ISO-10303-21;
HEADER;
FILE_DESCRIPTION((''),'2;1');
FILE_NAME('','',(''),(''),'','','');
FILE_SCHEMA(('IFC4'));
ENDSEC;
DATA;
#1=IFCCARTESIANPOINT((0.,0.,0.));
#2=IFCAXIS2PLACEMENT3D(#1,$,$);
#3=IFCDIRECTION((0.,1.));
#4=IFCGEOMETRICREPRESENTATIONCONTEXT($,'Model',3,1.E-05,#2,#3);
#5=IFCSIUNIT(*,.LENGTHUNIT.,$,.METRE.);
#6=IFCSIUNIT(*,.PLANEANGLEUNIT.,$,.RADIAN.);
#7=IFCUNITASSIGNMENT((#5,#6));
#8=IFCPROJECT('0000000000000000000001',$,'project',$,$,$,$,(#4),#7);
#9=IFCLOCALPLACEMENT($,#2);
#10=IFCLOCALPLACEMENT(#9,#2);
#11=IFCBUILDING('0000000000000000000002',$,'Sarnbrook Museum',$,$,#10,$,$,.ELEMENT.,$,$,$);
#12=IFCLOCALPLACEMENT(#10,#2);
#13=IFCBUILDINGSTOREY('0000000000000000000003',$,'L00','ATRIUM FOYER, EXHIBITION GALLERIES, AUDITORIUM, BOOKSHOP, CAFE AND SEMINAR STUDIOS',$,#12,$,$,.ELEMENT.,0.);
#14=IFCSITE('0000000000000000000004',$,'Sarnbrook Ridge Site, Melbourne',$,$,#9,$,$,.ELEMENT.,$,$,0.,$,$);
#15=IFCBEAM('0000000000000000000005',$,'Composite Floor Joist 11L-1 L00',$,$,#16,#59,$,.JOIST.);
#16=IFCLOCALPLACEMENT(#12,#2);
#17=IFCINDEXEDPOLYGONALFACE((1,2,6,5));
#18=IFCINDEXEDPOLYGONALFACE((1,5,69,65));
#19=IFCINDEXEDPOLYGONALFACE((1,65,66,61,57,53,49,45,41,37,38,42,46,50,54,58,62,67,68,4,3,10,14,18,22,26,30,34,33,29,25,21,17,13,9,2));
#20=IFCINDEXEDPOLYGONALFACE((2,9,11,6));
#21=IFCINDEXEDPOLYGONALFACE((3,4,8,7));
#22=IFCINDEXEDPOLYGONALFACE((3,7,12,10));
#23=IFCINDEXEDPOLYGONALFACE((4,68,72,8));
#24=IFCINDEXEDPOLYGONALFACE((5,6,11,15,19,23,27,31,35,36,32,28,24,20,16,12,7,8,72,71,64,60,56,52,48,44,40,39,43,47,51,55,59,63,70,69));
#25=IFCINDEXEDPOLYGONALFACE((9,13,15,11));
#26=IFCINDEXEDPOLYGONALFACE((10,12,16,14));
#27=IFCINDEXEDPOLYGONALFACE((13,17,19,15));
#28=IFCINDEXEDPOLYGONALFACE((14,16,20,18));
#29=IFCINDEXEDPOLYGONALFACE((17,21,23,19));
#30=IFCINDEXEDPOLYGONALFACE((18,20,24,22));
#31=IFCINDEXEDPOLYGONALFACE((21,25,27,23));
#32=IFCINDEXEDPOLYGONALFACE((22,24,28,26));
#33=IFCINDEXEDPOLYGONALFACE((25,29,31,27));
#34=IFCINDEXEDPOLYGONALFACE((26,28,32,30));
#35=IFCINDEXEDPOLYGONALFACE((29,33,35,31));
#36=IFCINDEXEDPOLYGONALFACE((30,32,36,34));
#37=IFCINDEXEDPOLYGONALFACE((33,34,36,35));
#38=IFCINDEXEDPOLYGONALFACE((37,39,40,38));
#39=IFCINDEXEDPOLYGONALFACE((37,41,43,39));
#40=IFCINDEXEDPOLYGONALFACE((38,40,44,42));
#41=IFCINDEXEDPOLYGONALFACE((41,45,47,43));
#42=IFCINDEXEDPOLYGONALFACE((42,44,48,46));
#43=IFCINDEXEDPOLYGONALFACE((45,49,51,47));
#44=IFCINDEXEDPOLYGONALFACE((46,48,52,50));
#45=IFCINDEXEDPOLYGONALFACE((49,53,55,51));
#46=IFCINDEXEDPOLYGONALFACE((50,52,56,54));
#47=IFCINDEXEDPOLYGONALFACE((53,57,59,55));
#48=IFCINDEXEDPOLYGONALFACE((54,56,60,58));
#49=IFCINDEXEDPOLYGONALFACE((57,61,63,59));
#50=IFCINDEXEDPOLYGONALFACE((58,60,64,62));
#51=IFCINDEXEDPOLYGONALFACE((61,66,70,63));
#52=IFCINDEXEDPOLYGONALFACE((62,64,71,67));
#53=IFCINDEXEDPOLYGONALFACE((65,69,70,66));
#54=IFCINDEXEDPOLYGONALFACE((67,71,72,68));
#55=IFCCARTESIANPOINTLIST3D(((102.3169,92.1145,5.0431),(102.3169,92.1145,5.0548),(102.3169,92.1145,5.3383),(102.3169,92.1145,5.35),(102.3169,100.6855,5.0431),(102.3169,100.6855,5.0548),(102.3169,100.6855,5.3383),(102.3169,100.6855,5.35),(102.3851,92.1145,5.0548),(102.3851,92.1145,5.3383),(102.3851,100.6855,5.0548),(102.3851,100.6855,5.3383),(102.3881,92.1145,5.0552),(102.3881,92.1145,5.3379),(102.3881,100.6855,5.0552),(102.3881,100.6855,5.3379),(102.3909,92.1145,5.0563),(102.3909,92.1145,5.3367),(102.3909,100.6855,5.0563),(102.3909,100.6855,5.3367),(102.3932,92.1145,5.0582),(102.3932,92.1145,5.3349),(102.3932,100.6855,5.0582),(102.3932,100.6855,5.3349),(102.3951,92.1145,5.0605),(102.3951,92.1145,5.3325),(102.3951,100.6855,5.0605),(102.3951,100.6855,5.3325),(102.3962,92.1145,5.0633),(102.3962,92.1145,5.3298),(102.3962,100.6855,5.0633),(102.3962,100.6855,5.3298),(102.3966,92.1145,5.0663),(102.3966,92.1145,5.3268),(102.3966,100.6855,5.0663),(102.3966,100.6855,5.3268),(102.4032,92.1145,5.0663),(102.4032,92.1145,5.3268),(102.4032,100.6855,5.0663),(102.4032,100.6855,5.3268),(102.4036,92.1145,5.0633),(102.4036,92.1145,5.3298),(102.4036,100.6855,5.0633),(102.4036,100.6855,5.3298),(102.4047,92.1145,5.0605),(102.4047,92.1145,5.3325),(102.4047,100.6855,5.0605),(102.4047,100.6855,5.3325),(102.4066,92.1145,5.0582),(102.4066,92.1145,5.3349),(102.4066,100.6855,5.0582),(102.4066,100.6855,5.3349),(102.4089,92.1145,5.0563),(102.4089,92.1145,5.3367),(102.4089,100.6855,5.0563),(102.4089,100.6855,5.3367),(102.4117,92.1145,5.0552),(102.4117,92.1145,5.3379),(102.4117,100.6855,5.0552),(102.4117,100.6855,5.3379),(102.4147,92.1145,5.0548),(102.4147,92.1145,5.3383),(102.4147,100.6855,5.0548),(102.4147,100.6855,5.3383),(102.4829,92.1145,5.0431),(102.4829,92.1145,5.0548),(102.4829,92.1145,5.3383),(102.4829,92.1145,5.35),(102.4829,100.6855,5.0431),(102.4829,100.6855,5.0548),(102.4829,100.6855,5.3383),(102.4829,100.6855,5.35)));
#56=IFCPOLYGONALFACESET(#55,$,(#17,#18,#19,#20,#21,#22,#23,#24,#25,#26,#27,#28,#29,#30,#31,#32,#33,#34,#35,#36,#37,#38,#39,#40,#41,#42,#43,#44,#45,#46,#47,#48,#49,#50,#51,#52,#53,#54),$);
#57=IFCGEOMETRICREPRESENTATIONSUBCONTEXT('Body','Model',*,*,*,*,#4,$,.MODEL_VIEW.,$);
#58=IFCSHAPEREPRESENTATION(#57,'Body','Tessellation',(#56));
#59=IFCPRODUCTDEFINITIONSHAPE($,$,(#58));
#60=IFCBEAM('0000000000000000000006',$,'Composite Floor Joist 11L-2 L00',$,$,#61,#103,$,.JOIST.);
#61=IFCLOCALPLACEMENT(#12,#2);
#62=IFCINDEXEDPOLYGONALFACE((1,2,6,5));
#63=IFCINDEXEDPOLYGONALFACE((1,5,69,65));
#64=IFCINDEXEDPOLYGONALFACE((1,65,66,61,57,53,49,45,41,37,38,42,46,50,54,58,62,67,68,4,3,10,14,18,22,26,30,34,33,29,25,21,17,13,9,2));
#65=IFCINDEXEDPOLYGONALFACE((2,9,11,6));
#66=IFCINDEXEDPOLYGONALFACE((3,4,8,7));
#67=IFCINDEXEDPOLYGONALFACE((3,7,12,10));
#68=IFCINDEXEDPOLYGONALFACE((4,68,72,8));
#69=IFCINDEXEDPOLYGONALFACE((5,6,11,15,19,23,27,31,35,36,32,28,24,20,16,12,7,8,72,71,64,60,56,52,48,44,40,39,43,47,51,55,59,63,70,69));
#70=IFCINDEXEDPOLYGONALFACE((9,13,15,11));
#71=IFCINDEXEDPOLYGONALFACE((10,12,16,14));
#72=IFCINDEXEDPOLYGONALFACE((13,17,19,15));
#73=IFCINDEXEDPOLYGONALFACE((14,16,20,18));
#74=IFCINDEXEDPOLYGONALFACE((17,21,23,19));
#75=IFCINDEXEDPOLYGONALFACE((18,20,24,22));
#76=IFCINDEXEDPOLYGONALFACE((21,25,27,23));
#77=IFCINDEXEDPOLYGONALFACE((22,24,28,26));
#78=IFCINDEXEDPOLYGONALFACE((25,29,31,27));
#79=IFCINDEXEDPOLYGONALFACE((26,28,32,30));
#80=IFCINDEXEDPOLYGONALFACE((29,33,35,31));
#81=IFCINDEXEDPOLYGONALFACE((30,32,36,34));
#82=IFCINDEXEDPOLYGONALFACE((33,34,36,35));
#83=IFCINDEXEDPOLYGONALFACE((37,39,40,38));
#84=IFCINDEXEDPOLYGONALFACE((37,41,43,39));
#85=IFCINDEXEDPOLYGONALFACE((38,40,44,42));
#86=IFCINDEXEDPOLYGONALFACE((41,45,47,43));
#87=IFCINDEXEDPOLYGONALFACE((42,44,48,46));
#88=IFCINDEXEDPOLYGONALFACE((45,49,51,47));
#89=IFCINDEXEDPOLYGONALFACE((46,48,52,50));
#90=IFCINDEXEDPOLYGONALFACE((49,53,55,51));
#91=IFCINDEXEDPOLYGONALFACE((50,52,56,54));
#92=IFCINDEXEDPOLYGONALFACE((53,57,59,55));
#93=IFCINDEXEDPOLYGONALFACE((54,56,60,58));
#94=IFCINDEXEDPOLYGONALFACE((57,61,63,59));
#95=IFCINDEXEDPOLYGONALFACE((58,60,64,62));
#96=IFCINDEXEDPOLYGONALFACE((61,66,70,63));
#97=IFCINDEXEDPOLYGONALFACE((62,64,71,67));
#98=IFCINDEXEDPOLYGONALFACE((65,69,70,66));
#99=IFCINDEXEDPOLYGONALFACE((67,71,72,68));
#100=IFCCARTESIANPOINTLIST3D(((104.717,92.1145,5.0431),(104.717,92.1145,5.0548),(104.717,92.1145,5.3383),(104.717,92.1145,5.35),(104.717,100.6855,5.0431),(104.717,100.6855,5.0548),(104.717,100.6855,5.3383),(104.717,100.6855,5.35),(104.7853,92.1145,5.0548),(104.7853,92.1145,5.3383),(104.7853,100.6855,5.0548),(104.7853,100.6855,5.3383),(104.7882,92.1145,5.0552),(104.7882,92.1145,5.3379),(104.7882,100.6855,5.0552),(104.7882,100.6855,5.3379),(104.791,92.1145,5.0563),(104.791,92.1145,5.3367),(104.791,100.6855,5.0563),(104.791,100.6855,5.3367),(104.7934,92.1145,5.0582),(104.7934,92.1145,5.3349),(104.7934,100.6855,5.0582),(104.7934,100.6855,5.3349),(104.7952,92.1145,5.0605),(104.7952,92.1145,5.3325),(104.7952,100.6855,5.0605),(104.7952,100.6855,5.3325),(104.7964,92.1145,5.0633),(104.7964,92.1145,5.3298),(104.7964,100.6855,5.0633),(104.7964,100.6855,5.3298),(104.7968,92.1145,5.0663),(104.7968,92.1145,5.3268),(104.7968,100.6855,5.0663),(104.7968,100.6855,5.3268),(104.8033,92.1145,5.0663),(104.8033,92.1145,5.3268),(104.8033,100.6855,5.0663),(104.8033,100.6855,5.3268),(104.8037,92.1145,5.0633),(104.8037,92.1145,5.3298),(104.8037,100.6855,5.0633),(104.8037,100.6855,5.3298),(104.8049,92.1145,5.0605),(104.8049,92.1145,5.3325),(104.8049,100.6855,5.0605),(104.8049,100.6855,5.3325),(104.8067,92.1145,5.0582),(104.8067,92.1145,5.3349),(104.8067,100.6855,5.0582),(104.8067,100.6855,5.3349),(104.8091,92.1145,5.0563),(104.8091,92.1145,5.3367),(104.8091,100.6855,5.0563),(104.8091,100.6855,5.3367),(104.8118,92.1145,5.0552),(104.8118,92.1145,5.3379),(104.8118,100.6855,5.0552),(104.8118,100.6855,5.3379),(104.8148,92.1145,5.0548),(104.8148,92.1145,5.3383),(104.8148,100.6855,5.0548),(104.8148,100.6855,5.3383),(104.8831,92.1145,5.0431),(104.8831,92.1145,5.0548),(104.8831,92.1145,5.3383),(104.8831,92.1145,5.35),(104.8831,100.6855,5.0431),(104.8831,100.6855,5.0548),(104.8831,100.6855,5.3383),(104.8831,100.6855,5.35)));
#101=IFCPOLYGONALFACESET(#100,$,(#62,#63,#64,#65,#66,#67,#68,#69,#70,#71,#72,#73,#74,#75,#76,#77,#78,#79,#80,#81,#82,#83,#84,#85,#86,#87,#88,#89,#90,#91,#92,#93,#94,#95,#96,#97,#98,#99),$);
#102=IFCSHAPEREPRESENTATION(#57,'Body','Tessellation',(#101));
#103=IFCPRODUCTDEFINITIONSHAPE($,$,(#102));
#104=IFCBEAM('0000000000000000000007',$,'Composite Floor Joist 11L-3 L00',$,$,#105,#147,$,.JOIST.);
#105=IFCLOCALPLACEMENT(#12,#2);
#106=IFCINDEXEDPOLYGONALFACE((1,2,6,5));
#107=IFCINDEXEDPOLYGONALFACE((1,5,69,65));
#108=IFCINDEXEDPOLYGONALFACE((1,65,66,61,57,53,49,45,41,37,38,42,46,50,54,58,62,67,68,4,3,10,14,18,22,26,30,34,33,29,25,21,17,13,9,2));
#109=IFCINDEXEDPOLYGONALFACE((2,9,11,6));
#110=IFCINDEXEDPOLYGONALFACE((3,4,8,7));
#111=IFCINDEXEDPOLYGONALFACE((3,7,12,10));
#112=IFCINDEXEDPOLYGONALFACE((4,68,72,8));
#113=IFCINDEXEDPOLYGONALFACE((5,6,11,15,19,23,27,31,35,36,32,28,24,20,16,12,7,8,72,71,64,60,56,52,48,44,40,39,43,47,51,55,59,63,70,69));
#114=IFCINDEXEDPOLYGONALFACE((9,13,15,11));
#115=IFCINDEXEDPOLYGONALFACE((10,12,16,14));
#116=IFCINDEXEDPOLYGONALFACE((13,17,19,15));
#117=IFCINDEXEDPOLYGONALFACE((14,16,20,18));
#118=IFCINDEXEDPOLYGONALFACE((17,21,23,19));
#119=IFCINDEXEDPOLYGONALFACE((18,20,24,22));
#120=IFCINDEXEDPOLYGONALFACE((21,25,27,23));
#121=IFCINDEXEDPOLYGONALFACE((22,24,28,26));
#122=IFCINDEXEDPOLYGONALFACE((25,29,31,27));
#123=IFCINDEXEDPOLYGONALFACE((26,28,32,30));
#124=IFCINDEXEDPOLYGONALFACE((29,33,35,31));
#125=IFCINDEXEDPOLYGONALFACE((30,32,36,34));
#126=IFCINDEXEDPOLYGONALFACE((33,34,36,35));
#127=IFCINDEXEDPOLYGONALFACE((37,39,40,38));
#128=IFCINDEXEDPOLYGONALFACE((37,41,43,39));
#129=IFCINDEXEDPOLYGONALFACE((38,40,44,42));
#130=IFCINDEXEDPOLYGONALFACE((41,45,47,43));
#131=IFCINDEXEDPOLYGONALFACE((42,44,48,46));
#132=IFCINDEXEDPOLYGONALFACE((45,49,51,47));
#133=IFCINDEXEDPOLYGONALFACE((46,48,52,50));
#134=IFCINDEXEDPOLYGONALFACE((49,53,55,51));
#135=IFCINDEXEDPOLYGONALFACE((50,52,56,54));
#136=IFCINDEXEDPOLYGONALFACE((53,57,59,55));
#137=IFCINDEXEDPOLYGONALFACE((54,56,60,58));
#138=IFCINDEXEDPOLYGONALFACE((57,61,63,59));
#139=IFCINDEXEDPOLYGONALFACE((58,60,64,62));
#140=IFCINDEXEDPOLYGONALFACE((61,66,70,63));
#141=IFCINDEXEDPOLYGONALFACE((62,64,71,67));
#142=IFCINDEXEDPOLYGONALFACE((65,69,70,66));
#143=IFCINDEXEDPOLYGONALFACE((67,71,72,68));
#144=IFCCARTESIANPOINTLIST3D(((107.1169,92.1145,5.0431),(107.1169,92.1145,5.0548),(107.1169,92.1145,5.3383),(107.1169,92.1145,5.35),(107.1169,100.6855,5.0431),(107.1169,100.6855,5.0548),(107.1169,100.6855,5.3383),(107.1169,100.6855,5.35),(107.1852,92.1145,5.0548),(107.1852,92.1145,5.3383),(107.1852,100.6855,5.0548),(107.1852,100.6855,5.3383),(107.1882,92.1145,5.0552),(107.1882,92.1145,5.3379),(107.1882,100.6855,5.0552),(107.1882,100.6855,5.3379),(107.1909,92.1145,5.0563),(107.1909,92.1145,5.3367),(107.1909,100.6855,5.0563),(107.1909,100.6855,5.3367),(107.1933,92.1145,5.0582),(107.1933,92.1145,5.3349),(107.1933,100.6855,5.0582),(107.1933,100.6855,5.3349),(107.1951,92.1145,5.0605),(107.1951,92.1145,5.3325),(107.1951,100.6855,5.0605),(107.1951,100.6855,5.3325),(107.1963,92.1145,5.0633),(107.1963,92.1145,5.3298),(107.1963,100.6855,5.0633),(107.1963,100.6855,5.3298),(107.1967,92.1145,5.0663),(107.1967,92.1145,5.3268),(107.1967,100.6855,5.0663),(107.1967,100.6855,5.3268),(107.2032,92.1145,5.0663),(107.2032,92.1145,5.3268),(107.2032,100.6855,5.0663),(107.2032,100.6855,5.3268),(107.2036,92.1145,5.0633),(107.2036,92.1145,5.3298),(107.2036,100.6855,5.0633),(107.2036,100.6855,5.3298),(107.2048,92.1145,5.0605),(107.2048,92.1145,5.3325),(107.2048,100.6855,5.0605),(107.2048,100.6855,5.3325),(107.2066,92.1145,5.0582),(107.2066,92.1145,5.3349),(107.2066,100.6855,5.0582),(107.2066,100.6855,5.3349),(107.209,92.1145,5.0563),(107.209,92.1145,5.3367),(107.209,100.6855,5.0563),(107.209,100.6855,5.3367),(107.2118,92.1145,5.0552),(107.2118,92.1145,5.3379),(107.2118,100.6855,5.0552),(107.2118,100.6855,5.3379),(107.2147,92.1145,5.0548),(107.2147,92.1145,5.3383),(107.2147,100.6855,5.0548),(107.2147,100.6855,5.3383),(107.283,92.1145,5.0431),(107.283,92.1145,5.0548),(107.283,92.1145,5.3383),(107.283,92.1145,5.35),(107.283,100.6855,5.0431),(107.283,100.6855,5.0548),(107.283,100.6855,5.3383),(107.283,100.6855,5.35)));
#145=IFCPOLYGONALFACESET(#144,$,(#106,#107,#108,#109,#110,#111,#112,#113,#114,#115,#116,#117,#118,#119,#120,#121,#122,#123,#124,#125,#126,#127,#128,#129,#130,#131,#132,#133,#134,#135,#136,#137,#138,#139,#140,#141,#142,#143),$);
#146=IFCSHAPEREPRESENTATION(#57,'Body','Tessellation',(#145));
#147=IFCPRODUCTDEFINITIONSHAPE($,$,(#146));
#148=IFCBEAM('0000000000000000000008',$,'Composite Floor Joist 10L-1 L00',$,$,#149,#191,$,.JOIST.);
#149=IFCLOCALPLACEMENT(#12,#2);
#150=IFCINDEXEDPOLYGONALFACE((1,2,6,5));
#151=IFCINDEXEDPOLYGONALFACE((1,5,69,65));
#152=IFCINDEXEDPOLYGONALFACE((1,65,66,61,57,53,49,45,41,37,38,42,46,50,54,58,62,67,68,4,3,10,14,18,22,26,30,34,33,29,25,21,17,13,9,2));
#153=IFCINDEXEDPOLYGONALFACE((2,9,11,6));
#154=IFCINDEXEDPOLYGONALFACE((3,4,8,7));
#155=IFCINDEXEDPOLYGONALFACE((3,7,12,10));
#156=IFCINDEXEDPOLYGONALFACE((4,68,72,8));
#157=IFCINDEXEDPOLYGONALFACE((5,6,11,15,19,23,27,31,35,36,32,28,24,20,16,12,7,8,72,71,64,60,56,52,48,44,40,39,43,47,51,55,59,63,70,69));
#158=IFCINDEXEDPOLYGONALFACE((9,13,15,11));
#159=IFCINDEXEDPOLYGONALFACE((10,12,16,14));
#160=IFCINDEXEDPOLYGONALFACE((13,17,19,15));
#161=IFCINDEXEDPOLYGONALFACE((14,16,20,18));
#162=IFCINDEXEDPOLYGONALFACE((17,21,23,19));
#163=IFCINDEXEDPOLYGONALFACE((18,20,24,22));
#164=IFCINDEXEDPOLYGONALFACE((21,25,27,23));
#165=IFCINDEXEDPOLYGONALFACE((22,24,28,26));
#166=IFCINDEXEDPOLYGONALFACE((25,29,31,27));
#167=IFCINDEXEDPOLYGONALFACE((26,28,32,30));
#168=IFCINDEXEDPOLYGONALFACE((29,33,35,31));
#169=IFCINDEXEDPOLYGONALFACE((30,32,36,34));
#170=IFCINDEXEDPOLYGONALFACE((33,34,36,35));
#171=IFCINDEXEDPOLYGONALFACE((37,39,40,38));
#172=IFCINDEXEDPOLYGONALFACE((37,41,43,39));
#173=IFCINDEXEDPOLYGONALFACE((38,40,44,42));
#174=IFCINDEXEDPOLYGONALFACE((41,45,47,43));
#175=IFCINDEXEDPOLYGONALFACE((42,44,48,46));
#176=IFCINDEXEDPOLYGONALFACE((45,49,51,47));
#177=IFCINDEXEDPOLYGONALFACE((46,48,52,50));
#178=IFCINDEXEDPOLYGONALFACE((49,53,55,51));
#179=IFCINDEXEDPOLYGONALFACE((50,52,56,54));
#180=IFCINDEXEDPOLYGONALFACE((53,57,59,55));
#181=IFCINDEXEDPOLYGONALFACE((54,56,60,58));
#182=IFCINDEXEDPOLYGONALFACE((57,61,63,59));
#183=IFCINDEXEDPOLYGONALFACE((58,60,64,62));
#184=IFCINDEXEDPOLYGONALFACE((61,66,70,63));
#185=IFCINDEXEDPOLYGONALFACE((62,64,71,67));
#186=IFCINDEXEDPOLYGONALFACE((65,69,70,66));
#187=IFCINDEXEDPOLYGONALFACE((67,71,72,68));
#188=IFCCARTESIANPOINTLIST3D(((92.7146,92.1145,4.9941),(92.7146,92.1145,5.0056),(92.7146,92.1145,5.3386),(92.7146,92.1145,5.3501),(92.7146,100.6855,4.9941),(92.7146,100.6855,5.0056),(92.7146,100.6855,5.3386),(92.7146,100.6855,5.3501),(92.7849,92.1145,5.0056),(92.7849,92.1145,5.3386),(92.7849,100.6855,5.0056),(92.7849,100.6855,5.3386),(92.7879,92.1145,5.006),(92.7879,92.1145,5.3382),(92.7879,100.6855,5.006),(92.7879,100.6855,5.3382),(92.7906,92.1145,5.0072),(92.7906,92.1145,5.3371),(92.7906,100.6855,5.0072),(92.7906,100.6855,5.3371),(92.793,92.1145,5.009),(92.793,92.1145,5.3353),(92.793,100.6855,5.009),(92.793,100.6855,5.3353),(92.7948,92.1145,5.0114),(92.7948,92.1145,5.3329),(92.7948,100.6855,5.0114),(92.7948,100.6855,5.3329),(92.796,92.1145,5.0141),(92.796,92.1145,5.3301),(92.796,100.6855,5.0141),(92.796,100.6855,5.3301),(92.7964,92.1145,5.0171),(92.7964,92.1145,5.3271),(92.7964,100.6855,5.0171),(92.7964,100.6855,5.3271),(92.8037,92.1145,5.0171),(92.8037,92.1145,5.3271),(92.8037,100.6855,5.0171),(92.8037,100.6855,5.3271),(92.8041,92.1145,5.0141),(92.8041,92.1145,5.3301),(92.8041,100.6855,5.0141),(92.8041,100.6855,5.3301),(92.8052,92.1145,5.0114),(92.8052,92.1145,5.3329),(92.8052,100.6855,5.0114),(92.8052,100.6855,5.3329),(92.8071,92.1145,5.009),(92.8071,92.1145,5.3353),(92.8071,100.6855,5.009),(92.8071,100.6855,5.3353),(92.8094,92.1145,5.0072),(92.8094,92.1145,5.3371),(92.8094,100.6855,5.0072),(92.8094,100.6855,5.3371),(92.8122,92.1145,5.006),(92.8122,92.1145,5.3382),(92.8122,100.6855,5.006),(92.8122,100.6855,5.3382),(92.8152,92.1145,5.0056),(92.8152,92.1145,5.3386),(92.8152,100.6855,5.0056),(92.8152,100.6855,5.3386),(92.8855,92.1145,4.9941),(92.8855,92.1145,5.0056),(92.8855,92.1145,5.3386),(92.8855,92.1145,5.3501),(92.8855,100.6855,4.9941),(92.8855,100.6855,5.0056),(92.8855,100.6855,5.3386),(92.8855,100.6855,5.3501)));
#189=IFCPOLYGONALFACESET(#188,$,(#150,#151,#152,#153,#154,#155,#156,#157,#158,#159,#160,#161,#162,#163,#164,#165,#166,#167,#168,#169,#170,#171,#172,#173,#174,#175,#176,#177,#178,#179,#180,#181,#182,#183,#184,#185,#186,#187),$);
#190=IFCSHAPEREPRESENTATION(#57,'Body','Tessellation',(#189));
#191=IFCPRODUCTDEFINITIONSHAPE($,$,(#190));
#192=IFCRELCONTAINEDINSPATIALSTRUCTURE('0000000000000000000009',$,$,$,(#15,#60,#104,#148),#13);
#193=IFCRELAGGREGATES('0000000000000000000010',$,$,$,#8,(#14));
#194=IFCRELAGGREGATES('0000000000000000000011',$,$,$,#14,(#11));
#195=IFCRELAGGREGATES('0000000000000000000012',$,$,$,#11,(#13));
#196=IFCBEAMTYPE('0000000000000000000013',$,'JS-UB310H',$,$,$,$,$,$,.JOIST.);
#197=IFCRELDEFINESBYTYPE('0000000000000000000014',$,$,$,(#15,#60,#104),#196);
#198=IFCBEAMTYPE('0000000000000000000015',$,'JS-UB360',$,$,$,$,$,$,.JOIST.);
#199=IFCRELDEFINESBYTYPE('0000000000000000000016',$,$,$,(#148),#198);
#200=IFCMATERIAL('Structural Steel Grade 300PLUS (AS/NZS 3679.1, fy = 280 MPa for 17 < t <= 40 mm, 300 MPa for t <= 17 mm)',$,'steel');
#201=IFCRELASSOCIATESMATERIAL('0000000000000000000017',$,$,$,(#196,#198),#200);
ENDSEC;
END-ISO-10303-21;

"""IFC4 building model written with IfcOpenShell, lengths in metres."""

from ifc_helpers import new_model, si_unit, direction, frame, origin, origin_2d, place, context, subcontext, project, spatial, i_section, extrude, material, material_profile, profile_set, type_object, element, save


model = new_model("IFC4")

# Units and contexts
model_context = context("Model", 3, precision=1e-05, world=origin(), true_north=direction((0.0, 1.0)))
body_context = subcontext(model_context, "Body", "Model", "MODEL_VIEW")
ifc_project = project(units=[si_unit("LENGTHUNIT", "METRE"), si_unit("PLANEANGLEUNIT", "RADIAN")], contexts=[model_context])

# Site, building, storey
site_placement = place(None, origin())
site = spatial("IfcSite", under=ifc_project, at=site_placement, Name="Sarnbrook Ridge Site, Melbourne", CompositionType="ELEMENT", RefElevation=0.0)
building_placement = place(site_placement, origin())
building = spatial("IfcBuilding", under=site, at=building_placement, Name="Sarnbrook Museum", CompositionType="ELEMENT")
storey_placement = place(building_placement, origin())
storey = spatial("IfcBuildingStorey", under=building, at=storey_placement, Name="L00", Description="ATRIUM FOYER, EXHIBITION GALLERIES, AUDITORIUM, BOOKSHOP, CAFE AND SEMINAR STUDIOS", CompositionType="ELEMENT", Elevation=0.0)

# Beams
ifc_material_1 = material(Name="Structural Steel Grade 300PLUS (AS/NZS 3679.1, fy = 280 MPa for 17 < t <= 40 mm, 300 MPa for t <= 17 mm)", Category="steel")
ifc_material_profile_1 = material_profile(ifc_material_1, i_section(OverallWidth=0.166, OverallDepth=0.3069, WebThickness=0.0066, FlangeThickness=0.0117, FilletRadius=0.0115, at=origin_2d()), Name="310UB46.2")
ifc_profile_set_1 = profile_set([ifc_material_profile_1], Name="Structural Steel Grade 300PLUS (AS/NZS 3679.1, fy = 280 MPa for 17 < t <= 40 mm, 300 MPa for t <= 17 mm)")
beam_type_1 = type_object("IfcBeamType", Name="JS-UB310H", PredefinedType="JOIST", material=ifc_profile_set_1)
for number, where, z_axis, x_axis, name in (
    (1, (102.3999, 92.1145, 5.1965), (0.0, 1.0, 0.0), (-1.0, 0.0, 0.0), "Composite Floor Joist 11L-1 L00"),
    (2, (104.8, 92.1145, 5.1965), (0.0, 1.0, 0.0), (-1.0, 0.0, 0.0), "Composite Floor Joist 11L-2 L00"),
    (3, (107.2, 92.1145, 5.1965), (0.0, 1.0, 0.0), (-1.0, 0.0, 0.0), "Composite Floor Joist 11L-3 L00"),
):
    element("IfcBeam", number, at=place(storey_placement, frame(where, z_axis=z_axis, x_axis=x_axis)), inside=storey, type_object=beam_type_1, Name=name, PredefinedType="JOIST", context=body_context, shape_type="SweptSolid", body=[
        extrude(i_section(OverallWidth=0.166, OverallDepth=0.3069, WebThickness=0.0066, FlangeThickness=0.0117, FilletRadius=0.0115, at=origin_2d()), origin(), (0.0, 0.0, 1.0), 8.571),
    ])
ifc_material_profile_2 = material_profile(ifc_material_1, i_section(OverallWidth=0.1709, OverallDepth=0.356, WebThickness=0.0073, FlangeThickness=0.0115, FilletRadius=0.0115, at=origin_2d()), Name="360UB50.7")
ifc_profile_set_2 = profile_set([ifc_material_profile_2], Name="Structural Steel Grade 300PLUS (AS/NZS 3679.1, fy = 280 MPa for 17 < t <= 40 mm, 300 MPa for t <= 17 mm)")
beam_type_2 = type_object("IfcBeamType", Name="JS-UB360", PredefinedType="JOIST", material=ifc_profile_set_2)
for number, where, z_axis, x_axis, name in (
    (4, (92.8, 92.1145, 5.1721), (0.0, 1.0, 0.0), (-1.0, 0.0, 0.0), "Composite Floor Joist 10L-1 L00"),
):
    element("IfcBeam", number, at=place(storey_placement, frame(where, z_axis=z_axis, x_axis=x_axis)), inside=storey, type_object=beam_type_2, Name=name, PredefinedType="JOIST", context=body_context, shape_type="SweptSolid", body=[
        extrude(i_section(OverallWidth=0.1709, OverallDepth=0.356, WebThickness=0.0073, FlangeThickness=0.0115, FilletRadius=0.0115, at=origin_2d()), origin(), (0.0, 0.0, 1.0), 8.571),
    ])

save(model, "model.ifc")
